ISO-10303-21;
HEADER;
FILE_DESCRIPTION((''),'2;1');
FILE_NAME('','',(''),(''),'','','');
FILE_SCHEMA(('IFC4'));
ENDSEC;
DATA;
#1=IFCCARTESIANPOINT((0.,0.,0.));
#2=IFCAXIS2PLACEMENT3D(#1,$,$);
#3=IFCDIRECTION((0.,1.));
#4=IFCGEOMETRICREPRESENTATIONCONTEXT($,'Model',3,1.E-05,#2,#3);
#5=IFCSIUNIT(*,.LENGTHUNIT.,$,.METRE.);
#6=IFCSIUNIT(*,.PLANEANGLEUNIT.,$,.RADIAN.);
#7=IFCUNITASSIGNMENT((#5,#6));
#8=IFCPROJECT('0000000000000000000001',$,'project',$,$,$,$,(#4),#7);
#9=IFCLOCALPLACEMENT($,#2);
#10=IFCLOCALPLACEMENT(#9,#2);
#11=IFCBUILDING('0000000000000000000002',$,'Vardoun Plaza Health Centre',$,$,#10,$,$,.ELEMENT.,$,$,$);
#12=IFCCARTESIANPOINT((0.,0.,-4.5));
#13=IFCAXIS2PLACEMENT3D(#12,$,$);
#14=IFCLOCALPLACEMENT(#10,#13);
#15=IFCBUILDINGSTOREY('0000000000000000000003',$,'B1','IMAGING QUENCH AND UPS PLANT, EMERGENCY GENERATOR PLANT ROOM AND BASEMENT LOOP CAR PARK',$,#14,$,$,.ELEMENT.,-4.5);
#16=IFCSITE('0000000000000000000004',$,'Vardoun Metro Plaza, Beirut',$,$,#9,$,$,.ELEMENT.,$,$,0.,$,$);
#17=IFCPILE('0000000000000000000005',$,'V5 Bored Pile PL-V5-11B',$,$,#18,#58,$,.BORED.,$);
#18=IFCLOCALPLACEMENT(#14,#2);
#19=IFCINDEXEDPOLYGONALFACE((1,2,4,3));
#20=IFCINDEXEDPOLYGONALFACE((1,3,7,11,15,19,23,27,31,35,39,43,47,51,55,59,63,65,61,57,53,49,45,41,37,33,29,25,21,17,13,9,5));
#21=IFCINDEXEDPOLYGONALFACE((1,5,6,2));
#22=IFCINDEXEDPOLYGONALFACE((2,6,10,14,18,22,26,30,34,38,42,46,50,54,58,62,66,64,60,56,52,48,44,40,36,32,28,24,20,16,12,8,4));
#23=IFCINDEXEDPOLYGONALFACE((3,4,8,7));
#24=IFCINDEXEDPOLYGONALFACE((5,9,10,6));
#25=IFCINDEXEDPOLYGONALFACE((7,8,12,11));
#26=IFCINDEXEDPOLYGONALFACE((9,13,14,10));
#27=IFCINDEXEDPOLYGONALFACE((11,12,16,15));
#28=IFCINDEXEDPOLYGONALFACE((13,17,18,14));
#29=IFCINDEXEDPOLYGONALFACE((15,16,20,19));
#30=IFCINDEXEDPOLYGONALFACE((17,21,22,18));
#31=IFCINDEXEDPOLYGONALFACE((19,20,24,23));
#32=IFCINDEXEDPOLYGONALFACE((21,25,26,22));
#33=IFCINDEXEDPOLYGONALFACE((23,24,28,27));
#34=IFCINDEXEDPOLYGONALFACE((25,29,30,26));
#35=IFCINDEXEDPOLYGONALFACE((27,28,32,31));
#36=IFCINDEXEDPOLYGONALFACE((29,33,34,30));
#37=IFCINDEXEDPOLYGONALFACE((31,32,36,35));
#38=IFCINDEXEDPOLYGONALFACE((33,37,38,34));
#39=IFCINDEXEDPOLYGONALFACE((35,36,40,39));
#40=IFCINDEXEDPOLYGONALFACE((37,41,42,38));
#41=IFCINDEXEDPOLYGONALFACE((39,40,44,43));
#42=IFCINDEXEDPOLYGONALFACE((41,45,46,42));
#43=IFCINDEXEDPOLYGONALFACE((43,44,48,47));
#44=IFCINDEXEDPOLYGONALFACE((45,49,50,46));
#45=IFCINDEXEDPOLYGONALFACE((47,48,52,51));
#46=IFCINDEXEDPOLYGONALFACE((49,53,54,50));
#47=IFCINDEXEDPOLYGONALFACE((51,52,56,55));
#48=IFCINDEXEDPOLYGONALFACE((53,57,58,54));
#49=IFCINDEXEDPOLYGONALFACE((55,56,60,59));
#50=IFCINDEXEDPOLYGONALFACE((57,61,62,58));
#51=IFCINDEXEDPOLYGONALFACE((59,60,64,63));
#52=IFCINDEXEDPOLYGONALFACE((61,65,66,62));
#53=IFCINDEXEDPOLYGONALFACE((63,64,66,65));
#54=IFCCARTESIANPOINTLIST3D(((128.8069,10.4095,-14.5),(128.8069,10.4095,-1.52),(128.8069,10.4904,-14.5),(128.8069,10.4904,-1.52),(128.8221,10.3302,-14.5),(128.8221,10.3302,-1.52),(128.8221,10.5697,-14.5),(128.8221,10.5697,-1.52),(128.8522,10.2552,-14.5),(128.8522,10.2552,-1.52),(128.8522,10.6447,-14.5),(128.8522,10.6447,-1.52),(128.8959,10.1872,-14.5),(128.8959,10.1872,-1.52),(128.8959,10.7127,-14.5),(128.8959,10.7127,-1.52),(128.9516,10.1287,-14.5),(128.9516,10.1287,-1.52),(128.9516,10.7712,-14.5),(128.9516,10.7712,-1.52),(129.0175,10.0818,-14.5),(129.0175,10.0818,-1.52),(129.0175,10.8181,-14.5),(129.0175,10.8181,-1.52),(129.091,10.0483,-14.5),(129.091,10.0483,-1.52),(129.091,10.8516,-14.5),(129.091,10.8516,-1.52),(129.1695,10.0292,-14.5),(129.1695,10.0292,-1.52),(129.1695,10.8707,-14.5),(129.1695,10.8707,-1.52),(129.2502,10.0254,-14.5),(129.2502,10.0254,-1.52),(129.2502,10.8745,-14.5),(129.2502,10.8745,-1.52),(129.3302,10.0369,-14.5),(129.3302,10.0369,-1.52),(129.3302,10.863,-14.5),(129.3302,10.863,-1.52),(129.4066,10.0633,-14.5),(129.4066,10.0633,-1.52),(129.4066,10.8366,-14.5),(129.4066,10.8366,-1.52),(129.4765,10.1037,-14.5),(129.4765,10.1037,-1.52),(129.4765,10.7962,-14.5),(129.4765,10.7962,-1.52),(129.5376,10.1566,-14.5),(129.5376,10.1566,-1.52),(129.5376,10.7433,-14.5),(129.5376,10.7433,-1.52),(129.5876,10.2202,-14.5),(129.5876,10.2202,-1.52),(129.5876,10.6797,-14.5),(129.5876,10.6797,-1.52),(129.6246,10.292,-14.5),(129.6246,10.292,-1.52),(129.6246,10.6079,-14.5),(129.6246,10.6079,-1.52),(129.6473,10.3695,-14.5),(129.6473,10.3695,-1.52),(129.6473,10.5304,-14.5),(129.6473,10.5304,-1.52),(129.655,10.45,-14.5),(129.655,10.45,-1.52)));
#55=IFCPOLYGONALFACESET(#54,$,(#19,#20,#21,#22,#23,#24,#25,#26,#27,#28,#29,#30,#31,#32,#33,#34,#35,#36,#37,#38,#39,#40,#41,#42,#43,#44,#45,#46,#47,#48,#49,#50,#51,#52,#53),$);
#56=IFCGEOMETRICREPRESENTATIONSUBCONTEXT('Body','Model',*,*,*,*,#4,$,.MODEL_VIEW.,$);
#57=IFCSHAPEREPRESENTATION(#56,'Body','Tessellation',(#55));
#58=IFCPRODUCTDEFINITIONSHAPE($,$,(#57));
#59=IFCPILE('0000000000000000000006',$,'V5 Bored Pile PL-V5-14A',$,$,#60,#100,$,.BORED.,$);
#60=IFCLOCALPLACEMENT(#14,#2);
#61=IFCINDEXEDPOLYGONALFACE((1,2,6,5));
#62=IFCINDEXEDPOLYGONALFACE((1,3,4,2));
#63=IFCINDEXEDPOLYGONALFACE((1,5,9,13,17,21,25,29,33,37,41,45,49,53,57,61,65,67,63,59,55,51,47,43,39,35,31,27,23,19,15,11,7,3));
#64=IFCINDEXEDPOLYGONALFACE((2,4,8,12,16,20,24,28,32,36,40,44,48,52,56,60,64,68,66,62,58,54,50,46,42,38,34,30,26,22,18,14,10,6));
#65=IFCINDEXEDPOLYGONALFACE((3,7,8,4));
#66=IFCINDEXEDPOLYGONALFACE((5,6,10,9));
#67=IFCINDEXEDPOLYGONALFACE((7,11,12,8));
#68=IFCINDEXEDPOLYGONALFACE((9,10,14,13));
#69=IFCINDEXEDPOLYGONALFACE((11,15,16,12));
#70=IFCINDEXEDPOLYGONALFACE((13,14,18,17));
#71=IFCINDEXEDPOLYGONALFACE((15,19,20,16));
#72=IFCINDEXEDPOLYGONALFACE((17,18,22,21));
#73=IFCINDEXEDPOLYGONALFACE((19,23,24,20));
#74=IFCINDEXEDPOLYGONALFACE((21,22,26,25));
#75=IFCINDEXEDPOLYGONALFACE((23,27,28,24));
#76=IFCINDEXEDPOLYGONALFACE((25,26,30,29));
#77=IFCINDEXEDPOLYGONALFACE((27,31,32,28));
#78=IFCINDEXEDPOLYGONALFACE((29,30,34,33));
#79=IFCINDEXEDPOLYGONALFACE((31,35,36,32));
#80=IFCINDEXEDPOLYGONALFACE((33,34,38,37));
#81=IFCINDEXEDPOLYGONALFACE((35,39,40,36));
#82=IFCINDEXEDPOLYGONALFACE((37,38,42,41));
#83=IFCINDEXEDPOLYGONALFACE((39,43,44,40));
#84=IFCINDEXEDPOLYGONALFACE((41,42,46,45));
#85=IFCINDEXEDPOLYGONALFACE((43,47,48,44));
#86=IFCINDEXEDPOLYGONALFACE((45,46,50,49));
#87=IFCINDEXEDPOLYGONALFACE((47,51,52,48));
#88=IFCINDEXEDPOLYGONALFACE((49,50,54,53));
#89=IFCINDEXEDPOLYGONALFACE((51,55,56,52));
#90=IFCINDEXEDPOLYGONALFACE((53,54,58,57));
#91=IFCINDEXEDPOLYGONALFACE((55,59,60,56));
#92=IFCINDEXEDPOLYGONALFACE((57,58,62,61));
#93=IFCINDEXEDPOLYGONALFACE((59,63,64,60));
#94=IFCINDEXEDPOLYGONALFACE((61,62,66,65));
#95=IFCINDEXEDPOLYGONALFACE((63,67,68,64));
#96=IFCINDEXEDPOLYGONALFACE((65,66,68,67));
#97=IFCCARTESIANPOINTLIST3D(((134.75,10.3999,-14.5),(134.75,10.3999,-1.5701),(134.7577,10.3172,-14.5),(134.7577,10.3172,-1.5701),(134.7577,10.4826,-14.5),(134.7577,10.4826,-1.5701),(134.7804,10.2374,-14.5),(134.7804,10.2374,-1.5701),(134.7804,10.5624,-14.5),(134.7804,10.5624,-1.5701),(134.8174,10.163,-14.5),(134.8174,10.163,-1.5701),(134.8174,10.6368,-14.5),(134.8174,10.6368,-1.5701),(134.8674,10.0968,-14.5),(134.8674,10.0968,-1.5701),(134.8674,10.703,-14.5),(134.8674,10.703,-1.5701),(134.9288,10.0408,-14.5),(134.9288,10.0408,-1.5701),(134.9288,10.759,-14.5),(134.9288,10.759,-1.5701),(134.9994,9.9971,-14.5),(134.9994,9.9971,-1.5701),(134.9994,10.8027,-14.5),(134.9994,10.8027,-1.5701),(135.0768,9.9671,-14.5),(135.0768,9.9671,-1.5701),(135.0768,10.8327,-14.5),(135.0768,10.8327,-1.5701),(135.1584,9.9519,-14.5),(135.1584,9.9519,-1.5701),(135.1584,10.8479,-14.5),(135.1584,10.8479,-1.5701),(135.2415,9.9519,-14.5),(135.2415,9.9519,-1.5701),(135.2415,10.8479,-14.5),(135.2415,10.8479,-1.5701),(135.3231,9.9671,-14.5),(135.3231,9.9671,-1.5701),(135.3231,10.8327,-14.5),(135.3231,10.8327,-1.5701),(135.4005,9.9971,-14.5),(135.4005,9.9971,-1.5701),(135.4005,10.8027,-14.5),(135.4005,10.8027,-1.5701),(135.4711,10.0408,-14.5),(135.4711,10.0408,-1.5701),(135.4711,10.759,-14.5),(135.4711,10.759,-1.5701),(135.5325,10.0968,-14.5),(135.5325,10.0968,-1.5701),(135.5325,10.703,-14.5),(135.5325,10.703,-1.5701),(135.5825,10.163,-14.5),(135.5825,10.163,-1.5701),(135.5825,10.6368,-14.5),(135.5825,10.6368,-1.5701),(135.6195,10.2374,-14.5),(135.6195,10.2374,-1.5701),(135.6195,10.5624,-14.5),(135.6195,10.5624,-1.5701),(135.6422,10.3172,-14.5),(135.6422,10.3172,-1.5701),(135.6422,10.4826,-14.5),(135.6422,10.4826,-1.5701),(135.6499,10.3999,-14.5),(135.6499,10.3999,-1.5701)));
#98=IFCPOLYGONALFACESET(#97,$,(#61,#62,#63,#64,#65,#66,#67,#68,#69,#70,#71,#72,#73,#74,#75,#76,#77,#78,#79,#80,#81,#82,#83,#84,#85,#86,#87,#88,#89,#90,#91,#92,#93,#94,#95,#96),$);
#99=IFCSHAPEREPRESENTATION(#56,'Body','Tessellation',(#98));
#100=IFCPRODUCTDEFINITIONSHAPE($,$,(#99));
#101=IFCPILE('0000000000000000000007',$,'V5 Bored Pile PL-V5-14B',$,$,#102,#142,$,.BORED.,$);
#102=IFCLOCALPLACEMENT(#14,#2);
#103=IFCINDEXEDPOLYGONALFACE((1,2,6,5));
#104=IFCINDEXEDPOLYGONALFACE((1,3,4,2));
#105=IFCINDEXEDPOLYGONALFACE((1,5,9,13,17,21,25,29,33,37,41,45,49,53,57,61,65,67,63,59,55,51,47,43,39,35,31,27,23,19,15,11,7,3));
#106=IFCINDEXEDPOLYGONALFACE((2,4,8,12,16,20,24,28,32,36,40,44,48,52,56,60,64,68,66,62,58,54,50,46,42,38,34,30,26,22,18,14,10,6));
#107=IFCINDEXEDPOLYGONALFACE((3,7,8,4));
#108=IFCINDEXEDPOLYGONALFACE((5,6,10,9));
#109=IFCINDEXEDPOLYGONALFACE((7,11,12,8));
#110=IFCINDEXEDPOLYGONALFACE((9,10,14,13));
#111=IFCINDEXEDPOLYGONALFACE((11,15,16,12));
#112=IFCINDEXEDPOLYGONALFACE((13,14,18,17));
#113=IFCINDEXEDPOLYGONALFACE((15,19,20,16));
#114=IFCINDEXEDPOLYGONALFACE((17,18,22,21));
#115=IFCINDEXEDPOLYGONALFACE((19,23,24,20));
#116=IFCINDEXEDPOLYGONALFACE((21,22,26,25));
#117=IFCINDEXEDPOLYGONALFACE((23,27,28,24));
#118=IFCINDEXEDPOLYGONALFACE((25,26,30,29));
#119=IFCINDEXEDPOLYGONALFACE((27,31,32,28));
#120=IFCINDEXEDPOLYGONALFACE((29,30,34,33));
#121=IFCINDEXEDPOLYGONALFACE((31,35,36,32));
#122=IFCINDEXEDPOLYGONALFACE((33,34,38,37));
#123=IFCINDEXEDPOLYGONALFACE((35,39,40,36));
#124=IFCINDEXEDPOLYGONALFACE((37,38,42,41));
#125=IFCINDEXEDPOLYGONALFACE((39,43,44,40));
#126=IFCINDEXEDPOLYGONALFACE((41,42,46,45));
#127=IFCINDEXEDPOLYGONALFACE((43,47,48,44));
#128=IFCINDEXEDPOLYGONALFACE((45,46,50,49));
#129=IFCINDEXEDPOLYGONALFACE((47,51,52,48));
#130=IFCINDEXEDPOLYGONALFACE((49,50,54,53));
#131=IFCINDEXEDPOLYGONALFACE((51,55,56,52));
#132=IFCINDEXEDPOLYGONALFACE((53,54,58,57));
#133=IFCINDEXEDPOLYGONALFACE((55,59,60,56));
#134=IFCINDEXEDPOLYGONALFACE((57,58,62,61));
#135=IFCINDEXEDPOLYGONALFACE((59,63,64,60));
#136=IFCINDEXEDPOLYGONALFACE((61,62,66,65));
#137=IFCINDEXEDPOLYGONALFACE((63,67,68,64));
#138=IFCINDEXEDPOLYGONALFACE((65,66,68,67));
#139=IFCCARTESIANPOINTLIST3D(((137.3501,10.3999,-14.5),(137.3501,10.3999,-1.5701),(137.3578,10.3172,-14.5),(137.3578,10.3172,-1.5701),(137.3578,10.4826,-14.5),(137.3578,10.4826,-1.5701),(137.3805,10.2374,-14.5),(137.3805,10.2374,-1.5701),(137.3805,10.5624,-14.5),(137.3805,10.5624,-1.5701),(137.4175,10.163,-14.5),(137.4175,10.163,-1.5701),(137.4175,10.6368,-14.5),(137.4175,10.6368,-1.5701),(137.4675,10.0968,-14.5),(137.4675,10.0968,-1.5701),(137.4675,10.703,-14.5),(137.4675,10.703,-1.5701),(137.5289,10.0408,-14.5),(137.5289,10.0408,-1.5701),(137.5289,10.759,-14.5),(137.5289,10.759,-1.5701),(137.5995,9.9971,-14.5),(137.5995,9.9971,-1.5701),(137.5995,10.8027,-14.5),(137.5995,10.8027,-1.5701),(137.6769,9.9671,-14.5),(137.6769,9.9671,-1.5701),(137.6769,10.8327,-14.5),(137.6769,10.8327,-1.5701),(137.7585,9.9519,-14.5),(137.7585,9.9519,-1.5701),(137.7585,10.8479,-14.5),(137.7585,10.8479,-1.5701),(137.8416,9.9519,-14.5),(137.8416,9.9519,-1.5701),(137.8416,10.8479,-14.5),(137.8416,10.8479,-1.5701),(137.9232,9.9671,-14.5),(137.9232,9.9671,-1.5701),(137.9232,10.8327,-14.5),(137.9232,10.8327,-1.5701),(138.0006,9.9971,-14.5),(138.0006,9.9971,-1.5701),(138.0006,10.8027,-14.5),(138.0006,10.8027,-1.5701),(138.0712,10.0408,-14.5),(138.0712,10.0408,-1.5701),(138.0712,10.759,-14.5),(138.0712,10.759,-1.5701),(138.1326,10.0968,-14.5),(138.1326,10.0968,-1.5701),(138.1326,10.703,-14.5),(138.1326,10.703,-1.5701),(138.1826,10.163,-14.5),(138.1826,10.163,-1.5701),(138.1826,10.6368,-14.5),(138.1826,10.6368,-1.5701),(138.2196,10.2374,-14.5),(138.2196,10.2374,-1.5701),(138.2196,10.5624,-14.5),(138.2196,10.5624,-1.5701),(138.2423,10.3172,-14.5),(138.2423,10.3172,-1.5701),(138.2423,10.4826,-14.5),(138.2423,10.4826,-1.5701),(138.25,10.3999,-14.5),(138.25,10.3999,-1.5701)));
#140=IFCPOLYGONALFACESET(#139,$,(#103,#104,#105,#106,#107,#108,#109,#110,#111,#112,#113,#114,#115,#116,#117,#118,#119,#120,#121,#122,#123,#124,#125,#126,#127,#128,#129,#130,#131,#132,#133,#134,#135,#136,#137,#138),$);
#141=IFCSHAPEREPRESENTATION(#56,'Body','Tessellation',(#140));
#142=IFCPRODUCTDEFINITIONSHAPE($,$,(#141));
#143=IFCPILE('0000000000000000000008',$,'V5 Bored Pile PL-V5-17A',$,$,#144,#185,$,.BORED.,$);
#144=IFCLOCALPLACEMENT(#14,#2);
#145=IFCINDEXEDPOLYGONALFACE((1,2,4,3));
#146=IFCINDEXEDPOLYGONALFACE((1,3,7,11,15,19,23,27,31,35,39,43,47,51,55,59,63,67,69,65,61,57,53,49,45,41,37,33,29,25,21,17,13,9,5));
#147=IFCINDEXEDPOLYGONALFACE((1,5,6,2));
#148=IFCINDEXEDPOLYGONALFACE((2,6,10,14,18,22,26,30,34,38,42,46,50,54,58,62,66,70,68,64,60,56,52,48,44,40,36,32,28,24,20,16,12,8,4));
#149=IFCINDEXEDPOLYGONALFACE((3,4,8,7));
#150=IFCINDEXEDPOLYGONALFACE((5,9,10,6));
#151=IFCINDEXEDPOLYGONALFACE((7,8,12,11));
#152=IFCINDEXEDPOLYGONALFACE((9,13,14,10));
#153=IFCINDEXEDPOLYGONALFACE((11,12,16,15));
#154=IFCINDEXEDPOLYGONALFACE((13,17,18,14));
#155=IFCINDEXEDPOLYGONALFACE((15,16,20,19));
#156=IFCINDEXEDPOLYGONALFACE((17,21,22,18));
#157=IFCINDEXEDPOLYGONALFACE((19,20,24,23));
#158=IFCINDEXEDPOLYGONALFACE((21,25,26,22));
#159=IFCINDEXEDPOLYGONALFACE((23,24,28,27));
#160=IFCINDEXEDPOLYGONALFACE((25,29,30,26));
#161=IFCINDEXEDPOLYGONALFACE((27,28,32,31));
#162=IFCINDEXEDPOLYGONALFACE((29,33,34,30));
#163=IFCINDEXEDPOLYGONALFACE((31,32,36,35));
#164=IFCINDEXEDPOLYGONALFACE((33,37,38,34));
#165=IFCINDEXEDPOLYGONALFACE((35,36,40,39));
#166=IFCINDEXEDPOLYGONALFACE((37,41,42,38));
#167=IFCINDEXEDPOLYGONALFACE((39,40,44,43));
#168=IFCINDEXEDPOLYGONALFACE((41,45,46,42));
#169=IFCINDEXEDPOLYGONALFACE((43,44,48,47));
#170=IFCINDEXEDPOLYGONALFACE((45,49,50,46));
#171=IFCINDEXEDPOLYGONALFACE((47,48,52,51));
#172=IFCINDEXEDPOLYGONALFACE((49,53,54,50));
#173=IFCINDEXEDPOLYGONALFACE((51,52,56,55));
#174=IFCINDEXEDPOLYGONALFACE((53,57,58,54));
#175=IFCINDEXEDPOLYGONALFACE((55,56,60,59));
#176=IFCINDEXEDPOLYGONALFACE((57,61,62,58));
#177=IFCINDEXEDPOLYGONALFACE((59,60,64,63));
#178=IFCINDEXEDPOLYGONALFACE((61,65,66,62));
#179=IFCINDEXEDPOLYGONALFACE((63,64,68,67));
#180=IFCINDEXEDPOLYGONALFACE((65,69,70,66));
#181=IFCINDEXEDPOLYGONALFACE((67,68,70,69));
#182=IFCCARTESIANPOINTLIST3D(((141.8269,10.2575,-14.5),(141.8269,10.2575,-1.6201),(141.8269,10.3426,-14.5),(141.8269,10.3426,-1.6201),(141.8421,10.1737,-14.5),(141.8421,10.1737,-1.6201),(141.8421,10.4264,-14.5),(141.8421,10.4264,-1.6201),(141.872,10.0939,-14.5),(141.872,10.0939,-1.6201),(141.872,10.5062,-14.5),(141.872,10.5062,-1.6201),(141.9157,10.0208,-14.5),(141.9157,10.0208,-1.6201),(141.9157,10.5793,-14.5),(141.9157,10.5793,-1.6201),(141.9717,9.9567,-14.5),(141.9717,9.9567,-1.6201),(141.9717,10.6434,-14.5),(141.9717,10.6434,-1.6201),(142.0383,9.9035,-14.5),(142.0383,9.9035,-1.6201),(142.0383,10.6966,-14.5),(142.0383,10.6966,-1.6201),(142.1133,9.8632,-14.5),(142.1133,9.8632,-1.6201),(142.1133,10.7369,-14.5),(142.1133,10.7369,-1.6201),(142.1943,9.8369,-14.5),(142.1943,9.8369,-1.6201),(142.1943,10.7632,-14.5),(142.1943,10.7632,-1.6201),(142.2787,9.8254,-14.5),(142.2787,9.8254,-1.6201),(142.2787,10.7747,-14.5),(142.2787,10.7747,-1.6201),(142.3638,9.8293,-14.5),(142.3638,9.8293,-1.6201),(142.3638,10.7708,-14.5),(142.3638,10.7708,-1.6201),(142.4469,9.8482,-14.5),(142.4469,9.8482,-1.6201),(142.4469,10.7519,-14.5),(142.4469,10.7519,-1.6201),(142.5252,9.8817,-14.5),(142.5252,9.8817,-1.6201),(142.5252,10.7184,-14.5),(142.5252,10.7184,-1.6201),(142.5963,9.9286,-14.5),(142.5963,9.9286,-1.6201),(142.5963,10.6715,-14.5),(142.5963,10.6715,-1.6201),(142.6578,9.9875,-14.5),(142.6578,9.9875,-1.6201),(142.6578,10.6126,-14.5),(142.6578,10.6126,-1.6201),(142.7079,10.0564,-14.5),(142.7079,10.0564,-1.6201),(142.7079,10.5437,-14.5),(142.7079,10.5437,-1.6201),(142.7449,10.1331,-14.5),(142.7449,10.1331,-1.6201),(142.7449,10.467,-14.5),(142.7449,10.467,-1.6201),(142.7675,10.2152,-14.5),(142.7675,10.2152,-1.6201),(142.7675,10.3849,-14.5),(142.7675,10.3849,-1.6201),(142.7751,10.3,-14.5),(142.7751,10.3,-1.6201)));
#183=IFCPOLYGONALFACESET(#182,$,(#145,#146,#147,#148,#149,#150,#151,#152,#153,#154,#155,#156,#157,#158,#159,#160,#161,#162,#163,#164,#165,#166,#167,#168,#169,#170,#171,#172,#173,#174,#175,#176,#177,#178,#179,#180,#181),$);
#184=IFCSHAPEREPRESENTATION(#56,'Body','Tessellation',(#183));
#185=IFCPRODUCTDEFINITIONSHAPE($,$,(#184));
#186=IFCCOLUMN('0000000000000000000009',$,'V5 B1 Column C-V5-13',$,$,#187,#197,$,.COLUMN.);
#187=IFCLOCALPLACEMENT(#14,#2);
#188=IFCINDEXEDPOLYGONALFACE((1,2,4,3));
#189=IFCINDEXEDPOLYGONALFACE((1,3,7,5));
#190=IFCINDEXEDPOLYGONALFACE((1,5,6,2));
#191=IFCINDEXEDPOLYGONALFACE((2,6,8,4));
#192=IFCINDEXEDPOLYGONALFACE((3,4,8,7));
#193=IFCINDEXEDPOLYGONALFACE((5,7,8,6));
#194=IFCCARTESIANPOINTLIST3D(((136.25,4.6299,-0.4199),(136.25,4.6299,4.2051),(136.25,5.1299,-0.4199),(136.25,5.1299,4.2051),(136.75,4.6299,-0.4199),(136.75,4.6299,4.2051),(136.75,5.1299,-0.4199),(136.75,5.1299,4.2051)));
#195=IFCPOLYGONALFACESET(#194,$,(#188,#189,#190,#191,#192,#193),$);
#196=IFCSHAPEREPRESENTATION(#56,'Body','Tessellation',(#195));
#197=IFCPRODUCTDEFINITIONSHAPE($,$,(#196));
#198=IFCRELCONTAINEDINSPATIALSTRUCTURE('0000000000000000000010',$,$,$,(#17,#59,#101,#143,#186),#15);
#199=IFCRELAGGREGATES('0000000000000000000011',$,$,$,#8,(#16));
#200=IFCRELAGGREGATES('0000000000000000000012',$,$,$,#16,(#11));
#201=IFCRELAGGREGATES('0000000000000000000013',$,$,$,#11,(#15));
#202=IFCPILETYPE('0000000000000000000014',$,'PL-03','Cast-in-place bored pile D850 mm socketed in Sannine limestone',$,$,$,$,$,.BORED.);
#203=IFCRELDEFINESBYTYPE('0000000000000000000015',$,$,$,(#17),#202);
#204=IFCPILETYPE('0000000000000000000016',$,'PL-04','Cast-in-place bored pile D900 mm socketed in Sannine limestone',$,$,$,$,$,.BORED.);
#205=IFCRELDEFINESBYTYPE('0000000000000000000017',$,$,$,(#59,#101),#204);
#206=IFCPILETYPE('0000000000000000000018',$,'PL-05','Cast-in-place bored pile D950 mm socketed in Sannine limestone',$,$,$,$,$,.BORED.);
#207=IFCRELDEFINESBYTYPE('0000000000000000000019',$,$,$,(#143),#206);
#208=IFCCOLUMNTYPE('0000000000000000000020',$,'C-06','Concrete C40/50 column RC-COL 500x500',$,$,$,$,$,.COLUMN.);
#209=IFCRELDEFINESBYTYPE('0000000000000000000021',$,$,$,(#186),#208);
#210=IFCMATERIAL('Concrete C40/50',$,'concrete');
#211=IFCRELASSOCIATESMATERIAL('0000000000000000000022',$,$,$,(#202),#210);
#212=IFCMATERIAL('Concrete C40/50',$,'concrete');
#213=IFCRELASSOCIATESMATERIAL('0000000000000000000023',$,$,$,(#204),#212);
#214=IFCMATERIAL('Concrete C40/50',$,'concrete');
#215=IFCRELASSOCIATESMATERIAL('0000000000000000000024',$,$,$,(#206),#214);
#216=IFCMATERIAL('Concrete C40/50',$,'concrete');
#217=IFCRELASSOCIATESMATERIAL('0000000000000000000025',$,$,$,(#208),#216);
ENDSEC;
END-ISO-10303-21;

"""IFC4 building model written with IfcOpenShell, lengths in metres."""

from ifc_helpers import new_model, si_unit, direction, frame, origin, origin_2d, place, context, subcontext, project, spatial, rectangle, circle, extrude, material, material_profile, profile_set, type_object, element, save


model = new_model("IFC4")

# Units and contexts
model_context = context("Model", 3, precision=1e-05, world=origin(), true_north=direction((0.0, 1.0)))
body_context = subcontext(model_context, "Body", "Model", "MODEL_VIEW")
ifc_project = project(units=[si_unit("LENGTHUNIT", "METRE"), si_unit("PLANEANGLEUNIT", "RADIAN")], contexts=[model_context])

# Site, building, storey
site_placement = place(None, origin())
site = spatial("IfcSite", under=ifc_project, at=site_placement, Name="Vardoun Metro Plaza, Beirut", CompositionType="ELEMENT", RefElevation=0.0)
building_placement = place(site_placement, origin())
building = spatial("IfcBuilding", under=site, at=building_placement, Name="Vardoun Plaza Health Centre", CompositionType="ELEMENT")
storey_placement = place(building_placement, frame((0.0, 0.0, -4.5)))
storey = spatial("IfcBuildingStorey", under=building, at=storey_placement, Name="B1", Description="IMAGING QUENCH AND UPS PLANT, EMERGENCY GENERATOR PLANT ROOM AND BASEMENT LOOP CAR PARK", CompositionType="ELEMENT", Elevation=-4.5)

# Piles
ifc_material_1 = material(Name="Concrete C40/50", Category="concrete")
ifc_material_profile_1 = material_profile(ifc_material_1, circle(Radius=0.425, at=origin_2d()), Name="PILE D850")
ifc_profile_set_1 = profile_set([ifc_material_profile_1], Name="Concrete C40/50")
pile_type_1 = type_object("IfcPileType", Name="PL-03", Description="Cast-in-place bored pile D850 mm socketed in Sannine limestone", PredefinedType="BORED", material=ifc_profile_set_1)
for number, where, z_axis, x_axis, name in (
    (1, (129.23, 10.45, -1.52), (0.0, 0.0, -1.0), (1.0, 0.0, 0.0), "V5 Bored Pile PL-V5-11B"),
):
    element("IfcPile", number, at=place(storey_placement, frame(where, z_axis=z_axis, x_axis=x_axis)), inside=storey, type_object=pile_type_1, Name=name, PredefinedType="BORED", context=body_context, shape_type="SweptSolid", body=[
        extrude(circle(Radius=0.425, at=origin_2d()), origin(), (0.0, 0.0, 1.0), 12.98),
    ])
ifc_material_2 = material(Name="Concrete C40/50", Category="concrete")
ifc_material_profile_2 = material_profile(ifc_material_2, circle(Radius=0.45, at=origin_2d()), Name="PILE D900")
ifc_profile_set_2 = profile_set([ifc_material_profile_2], Name="Concrete C40/50")
pile_type_2 = type_object("IfcPileType", Name="PL-04", Description="Cast-in-place bored pile D900 mm socketed in Sannine limestone", PredefinedType="BORED", material=ifc_profile_set_2)
for number, where, z_axis, x_axis, name in (
    (2, (135.2, 10.3999, -1.5701), (0.0, 0.0, -1.0), (1.0, 0.0, 0.0), "V5 Bored Pile PL-V5-14A"),
    (3, (137.8, 10.3999, -1.5701), (0.0, 0.0, -1.0), (1.0, 0.0, 0.0), "V5 Bored Pile PL-V5-14B"),
):
    element("IfcPile", number, at=place(storey_placement, frame(where, z_axis=z_axis, x_axis=x_axis)), inside=storey, type_object=pile_type_2, Name=name, PredefinedType="BORED", context=body_context, shape_type="SweptSolid", body=[
        extrude(circle(Radius=0.45, at=origin_2d()), origin(), (0.0, 0.0, 1.0), 12.9299),
    ])
ifc_material_3 = material(Name="Concrete C40/50", Category="concrete")
ifc_material_profile_3 = material_profile(ifc_material_3, circle(Radius=0.4751, at=origin_2d()), Name="PILE D950")
ifc_profile_set_3 = profile_set([ifc_material_profile_3], Name="Concrete C40/50")
pile_type_3 = type_object("IfcPileType", Name="PL-05", Description="Cast-in-place bored pile D950 mm socketed in Sannine limestone", PredefinedType="BORED", material=ifc_profile_set_3)
pile_placement = place(storey_placement, frame((142.3, 10.3, -1.6201), z_axis=(0.0, 0.0, -1.0), x_axis=(1.0, 0.0, 0.0)))
element("IfcPile", 4, at=pile_placement, inside=storey, type_object=pile_type_3, Name="V5 Bored Pile PL-V5-17A", PredefinedType="BORED", context=body_context, shape_type="SweptSolid", body=[
    extrude(circle(Radius=0.4751, at=origin_2d()), origin(), (0.0, 0.0, 1.0), 12.8799),
])

# Column
ifc_material_4 = material(Name="Concrete C40/50", Category="concrete")
ifc_material_profile_4 = material_profile(ifc_material_4, rectangle(XDim=0.5, YDim=0.5, at=origin_2d()), Name="RC-COL 500x500")
ifc_profile_set_4 = profile_set([ifc_material_profile_4], Name="Concrete C40/50")
column_type_1 = type_object("IfcColumnType", Name="C-06", Description="Concrete C40/50 column RC-COL 500x500", PredefinedType="COLUMN", material=ifc_profile_set_4)
column_placement = place(storey_placement, frame((136.5, 4.8799, -0.4199), z_axis=(0.0, 0.0, 1.0), x_axis=(1.0, 0.0, 0.0)))
element("IfcColumn", 5, at=column_placement, inside=storey, type_object=column_type_1, Name="V5 B1 Column C-V5-13", PredefinedType="COLUMN", context=body_context, shape_type="SweptSolid", body=[
    extrude(rectangle(XDim=0.5, YDim=0.5, at=origin_2d()), origin(), (0.0, 0.0, 1.0), 4.625),
])

save(model, "model.ifc")
